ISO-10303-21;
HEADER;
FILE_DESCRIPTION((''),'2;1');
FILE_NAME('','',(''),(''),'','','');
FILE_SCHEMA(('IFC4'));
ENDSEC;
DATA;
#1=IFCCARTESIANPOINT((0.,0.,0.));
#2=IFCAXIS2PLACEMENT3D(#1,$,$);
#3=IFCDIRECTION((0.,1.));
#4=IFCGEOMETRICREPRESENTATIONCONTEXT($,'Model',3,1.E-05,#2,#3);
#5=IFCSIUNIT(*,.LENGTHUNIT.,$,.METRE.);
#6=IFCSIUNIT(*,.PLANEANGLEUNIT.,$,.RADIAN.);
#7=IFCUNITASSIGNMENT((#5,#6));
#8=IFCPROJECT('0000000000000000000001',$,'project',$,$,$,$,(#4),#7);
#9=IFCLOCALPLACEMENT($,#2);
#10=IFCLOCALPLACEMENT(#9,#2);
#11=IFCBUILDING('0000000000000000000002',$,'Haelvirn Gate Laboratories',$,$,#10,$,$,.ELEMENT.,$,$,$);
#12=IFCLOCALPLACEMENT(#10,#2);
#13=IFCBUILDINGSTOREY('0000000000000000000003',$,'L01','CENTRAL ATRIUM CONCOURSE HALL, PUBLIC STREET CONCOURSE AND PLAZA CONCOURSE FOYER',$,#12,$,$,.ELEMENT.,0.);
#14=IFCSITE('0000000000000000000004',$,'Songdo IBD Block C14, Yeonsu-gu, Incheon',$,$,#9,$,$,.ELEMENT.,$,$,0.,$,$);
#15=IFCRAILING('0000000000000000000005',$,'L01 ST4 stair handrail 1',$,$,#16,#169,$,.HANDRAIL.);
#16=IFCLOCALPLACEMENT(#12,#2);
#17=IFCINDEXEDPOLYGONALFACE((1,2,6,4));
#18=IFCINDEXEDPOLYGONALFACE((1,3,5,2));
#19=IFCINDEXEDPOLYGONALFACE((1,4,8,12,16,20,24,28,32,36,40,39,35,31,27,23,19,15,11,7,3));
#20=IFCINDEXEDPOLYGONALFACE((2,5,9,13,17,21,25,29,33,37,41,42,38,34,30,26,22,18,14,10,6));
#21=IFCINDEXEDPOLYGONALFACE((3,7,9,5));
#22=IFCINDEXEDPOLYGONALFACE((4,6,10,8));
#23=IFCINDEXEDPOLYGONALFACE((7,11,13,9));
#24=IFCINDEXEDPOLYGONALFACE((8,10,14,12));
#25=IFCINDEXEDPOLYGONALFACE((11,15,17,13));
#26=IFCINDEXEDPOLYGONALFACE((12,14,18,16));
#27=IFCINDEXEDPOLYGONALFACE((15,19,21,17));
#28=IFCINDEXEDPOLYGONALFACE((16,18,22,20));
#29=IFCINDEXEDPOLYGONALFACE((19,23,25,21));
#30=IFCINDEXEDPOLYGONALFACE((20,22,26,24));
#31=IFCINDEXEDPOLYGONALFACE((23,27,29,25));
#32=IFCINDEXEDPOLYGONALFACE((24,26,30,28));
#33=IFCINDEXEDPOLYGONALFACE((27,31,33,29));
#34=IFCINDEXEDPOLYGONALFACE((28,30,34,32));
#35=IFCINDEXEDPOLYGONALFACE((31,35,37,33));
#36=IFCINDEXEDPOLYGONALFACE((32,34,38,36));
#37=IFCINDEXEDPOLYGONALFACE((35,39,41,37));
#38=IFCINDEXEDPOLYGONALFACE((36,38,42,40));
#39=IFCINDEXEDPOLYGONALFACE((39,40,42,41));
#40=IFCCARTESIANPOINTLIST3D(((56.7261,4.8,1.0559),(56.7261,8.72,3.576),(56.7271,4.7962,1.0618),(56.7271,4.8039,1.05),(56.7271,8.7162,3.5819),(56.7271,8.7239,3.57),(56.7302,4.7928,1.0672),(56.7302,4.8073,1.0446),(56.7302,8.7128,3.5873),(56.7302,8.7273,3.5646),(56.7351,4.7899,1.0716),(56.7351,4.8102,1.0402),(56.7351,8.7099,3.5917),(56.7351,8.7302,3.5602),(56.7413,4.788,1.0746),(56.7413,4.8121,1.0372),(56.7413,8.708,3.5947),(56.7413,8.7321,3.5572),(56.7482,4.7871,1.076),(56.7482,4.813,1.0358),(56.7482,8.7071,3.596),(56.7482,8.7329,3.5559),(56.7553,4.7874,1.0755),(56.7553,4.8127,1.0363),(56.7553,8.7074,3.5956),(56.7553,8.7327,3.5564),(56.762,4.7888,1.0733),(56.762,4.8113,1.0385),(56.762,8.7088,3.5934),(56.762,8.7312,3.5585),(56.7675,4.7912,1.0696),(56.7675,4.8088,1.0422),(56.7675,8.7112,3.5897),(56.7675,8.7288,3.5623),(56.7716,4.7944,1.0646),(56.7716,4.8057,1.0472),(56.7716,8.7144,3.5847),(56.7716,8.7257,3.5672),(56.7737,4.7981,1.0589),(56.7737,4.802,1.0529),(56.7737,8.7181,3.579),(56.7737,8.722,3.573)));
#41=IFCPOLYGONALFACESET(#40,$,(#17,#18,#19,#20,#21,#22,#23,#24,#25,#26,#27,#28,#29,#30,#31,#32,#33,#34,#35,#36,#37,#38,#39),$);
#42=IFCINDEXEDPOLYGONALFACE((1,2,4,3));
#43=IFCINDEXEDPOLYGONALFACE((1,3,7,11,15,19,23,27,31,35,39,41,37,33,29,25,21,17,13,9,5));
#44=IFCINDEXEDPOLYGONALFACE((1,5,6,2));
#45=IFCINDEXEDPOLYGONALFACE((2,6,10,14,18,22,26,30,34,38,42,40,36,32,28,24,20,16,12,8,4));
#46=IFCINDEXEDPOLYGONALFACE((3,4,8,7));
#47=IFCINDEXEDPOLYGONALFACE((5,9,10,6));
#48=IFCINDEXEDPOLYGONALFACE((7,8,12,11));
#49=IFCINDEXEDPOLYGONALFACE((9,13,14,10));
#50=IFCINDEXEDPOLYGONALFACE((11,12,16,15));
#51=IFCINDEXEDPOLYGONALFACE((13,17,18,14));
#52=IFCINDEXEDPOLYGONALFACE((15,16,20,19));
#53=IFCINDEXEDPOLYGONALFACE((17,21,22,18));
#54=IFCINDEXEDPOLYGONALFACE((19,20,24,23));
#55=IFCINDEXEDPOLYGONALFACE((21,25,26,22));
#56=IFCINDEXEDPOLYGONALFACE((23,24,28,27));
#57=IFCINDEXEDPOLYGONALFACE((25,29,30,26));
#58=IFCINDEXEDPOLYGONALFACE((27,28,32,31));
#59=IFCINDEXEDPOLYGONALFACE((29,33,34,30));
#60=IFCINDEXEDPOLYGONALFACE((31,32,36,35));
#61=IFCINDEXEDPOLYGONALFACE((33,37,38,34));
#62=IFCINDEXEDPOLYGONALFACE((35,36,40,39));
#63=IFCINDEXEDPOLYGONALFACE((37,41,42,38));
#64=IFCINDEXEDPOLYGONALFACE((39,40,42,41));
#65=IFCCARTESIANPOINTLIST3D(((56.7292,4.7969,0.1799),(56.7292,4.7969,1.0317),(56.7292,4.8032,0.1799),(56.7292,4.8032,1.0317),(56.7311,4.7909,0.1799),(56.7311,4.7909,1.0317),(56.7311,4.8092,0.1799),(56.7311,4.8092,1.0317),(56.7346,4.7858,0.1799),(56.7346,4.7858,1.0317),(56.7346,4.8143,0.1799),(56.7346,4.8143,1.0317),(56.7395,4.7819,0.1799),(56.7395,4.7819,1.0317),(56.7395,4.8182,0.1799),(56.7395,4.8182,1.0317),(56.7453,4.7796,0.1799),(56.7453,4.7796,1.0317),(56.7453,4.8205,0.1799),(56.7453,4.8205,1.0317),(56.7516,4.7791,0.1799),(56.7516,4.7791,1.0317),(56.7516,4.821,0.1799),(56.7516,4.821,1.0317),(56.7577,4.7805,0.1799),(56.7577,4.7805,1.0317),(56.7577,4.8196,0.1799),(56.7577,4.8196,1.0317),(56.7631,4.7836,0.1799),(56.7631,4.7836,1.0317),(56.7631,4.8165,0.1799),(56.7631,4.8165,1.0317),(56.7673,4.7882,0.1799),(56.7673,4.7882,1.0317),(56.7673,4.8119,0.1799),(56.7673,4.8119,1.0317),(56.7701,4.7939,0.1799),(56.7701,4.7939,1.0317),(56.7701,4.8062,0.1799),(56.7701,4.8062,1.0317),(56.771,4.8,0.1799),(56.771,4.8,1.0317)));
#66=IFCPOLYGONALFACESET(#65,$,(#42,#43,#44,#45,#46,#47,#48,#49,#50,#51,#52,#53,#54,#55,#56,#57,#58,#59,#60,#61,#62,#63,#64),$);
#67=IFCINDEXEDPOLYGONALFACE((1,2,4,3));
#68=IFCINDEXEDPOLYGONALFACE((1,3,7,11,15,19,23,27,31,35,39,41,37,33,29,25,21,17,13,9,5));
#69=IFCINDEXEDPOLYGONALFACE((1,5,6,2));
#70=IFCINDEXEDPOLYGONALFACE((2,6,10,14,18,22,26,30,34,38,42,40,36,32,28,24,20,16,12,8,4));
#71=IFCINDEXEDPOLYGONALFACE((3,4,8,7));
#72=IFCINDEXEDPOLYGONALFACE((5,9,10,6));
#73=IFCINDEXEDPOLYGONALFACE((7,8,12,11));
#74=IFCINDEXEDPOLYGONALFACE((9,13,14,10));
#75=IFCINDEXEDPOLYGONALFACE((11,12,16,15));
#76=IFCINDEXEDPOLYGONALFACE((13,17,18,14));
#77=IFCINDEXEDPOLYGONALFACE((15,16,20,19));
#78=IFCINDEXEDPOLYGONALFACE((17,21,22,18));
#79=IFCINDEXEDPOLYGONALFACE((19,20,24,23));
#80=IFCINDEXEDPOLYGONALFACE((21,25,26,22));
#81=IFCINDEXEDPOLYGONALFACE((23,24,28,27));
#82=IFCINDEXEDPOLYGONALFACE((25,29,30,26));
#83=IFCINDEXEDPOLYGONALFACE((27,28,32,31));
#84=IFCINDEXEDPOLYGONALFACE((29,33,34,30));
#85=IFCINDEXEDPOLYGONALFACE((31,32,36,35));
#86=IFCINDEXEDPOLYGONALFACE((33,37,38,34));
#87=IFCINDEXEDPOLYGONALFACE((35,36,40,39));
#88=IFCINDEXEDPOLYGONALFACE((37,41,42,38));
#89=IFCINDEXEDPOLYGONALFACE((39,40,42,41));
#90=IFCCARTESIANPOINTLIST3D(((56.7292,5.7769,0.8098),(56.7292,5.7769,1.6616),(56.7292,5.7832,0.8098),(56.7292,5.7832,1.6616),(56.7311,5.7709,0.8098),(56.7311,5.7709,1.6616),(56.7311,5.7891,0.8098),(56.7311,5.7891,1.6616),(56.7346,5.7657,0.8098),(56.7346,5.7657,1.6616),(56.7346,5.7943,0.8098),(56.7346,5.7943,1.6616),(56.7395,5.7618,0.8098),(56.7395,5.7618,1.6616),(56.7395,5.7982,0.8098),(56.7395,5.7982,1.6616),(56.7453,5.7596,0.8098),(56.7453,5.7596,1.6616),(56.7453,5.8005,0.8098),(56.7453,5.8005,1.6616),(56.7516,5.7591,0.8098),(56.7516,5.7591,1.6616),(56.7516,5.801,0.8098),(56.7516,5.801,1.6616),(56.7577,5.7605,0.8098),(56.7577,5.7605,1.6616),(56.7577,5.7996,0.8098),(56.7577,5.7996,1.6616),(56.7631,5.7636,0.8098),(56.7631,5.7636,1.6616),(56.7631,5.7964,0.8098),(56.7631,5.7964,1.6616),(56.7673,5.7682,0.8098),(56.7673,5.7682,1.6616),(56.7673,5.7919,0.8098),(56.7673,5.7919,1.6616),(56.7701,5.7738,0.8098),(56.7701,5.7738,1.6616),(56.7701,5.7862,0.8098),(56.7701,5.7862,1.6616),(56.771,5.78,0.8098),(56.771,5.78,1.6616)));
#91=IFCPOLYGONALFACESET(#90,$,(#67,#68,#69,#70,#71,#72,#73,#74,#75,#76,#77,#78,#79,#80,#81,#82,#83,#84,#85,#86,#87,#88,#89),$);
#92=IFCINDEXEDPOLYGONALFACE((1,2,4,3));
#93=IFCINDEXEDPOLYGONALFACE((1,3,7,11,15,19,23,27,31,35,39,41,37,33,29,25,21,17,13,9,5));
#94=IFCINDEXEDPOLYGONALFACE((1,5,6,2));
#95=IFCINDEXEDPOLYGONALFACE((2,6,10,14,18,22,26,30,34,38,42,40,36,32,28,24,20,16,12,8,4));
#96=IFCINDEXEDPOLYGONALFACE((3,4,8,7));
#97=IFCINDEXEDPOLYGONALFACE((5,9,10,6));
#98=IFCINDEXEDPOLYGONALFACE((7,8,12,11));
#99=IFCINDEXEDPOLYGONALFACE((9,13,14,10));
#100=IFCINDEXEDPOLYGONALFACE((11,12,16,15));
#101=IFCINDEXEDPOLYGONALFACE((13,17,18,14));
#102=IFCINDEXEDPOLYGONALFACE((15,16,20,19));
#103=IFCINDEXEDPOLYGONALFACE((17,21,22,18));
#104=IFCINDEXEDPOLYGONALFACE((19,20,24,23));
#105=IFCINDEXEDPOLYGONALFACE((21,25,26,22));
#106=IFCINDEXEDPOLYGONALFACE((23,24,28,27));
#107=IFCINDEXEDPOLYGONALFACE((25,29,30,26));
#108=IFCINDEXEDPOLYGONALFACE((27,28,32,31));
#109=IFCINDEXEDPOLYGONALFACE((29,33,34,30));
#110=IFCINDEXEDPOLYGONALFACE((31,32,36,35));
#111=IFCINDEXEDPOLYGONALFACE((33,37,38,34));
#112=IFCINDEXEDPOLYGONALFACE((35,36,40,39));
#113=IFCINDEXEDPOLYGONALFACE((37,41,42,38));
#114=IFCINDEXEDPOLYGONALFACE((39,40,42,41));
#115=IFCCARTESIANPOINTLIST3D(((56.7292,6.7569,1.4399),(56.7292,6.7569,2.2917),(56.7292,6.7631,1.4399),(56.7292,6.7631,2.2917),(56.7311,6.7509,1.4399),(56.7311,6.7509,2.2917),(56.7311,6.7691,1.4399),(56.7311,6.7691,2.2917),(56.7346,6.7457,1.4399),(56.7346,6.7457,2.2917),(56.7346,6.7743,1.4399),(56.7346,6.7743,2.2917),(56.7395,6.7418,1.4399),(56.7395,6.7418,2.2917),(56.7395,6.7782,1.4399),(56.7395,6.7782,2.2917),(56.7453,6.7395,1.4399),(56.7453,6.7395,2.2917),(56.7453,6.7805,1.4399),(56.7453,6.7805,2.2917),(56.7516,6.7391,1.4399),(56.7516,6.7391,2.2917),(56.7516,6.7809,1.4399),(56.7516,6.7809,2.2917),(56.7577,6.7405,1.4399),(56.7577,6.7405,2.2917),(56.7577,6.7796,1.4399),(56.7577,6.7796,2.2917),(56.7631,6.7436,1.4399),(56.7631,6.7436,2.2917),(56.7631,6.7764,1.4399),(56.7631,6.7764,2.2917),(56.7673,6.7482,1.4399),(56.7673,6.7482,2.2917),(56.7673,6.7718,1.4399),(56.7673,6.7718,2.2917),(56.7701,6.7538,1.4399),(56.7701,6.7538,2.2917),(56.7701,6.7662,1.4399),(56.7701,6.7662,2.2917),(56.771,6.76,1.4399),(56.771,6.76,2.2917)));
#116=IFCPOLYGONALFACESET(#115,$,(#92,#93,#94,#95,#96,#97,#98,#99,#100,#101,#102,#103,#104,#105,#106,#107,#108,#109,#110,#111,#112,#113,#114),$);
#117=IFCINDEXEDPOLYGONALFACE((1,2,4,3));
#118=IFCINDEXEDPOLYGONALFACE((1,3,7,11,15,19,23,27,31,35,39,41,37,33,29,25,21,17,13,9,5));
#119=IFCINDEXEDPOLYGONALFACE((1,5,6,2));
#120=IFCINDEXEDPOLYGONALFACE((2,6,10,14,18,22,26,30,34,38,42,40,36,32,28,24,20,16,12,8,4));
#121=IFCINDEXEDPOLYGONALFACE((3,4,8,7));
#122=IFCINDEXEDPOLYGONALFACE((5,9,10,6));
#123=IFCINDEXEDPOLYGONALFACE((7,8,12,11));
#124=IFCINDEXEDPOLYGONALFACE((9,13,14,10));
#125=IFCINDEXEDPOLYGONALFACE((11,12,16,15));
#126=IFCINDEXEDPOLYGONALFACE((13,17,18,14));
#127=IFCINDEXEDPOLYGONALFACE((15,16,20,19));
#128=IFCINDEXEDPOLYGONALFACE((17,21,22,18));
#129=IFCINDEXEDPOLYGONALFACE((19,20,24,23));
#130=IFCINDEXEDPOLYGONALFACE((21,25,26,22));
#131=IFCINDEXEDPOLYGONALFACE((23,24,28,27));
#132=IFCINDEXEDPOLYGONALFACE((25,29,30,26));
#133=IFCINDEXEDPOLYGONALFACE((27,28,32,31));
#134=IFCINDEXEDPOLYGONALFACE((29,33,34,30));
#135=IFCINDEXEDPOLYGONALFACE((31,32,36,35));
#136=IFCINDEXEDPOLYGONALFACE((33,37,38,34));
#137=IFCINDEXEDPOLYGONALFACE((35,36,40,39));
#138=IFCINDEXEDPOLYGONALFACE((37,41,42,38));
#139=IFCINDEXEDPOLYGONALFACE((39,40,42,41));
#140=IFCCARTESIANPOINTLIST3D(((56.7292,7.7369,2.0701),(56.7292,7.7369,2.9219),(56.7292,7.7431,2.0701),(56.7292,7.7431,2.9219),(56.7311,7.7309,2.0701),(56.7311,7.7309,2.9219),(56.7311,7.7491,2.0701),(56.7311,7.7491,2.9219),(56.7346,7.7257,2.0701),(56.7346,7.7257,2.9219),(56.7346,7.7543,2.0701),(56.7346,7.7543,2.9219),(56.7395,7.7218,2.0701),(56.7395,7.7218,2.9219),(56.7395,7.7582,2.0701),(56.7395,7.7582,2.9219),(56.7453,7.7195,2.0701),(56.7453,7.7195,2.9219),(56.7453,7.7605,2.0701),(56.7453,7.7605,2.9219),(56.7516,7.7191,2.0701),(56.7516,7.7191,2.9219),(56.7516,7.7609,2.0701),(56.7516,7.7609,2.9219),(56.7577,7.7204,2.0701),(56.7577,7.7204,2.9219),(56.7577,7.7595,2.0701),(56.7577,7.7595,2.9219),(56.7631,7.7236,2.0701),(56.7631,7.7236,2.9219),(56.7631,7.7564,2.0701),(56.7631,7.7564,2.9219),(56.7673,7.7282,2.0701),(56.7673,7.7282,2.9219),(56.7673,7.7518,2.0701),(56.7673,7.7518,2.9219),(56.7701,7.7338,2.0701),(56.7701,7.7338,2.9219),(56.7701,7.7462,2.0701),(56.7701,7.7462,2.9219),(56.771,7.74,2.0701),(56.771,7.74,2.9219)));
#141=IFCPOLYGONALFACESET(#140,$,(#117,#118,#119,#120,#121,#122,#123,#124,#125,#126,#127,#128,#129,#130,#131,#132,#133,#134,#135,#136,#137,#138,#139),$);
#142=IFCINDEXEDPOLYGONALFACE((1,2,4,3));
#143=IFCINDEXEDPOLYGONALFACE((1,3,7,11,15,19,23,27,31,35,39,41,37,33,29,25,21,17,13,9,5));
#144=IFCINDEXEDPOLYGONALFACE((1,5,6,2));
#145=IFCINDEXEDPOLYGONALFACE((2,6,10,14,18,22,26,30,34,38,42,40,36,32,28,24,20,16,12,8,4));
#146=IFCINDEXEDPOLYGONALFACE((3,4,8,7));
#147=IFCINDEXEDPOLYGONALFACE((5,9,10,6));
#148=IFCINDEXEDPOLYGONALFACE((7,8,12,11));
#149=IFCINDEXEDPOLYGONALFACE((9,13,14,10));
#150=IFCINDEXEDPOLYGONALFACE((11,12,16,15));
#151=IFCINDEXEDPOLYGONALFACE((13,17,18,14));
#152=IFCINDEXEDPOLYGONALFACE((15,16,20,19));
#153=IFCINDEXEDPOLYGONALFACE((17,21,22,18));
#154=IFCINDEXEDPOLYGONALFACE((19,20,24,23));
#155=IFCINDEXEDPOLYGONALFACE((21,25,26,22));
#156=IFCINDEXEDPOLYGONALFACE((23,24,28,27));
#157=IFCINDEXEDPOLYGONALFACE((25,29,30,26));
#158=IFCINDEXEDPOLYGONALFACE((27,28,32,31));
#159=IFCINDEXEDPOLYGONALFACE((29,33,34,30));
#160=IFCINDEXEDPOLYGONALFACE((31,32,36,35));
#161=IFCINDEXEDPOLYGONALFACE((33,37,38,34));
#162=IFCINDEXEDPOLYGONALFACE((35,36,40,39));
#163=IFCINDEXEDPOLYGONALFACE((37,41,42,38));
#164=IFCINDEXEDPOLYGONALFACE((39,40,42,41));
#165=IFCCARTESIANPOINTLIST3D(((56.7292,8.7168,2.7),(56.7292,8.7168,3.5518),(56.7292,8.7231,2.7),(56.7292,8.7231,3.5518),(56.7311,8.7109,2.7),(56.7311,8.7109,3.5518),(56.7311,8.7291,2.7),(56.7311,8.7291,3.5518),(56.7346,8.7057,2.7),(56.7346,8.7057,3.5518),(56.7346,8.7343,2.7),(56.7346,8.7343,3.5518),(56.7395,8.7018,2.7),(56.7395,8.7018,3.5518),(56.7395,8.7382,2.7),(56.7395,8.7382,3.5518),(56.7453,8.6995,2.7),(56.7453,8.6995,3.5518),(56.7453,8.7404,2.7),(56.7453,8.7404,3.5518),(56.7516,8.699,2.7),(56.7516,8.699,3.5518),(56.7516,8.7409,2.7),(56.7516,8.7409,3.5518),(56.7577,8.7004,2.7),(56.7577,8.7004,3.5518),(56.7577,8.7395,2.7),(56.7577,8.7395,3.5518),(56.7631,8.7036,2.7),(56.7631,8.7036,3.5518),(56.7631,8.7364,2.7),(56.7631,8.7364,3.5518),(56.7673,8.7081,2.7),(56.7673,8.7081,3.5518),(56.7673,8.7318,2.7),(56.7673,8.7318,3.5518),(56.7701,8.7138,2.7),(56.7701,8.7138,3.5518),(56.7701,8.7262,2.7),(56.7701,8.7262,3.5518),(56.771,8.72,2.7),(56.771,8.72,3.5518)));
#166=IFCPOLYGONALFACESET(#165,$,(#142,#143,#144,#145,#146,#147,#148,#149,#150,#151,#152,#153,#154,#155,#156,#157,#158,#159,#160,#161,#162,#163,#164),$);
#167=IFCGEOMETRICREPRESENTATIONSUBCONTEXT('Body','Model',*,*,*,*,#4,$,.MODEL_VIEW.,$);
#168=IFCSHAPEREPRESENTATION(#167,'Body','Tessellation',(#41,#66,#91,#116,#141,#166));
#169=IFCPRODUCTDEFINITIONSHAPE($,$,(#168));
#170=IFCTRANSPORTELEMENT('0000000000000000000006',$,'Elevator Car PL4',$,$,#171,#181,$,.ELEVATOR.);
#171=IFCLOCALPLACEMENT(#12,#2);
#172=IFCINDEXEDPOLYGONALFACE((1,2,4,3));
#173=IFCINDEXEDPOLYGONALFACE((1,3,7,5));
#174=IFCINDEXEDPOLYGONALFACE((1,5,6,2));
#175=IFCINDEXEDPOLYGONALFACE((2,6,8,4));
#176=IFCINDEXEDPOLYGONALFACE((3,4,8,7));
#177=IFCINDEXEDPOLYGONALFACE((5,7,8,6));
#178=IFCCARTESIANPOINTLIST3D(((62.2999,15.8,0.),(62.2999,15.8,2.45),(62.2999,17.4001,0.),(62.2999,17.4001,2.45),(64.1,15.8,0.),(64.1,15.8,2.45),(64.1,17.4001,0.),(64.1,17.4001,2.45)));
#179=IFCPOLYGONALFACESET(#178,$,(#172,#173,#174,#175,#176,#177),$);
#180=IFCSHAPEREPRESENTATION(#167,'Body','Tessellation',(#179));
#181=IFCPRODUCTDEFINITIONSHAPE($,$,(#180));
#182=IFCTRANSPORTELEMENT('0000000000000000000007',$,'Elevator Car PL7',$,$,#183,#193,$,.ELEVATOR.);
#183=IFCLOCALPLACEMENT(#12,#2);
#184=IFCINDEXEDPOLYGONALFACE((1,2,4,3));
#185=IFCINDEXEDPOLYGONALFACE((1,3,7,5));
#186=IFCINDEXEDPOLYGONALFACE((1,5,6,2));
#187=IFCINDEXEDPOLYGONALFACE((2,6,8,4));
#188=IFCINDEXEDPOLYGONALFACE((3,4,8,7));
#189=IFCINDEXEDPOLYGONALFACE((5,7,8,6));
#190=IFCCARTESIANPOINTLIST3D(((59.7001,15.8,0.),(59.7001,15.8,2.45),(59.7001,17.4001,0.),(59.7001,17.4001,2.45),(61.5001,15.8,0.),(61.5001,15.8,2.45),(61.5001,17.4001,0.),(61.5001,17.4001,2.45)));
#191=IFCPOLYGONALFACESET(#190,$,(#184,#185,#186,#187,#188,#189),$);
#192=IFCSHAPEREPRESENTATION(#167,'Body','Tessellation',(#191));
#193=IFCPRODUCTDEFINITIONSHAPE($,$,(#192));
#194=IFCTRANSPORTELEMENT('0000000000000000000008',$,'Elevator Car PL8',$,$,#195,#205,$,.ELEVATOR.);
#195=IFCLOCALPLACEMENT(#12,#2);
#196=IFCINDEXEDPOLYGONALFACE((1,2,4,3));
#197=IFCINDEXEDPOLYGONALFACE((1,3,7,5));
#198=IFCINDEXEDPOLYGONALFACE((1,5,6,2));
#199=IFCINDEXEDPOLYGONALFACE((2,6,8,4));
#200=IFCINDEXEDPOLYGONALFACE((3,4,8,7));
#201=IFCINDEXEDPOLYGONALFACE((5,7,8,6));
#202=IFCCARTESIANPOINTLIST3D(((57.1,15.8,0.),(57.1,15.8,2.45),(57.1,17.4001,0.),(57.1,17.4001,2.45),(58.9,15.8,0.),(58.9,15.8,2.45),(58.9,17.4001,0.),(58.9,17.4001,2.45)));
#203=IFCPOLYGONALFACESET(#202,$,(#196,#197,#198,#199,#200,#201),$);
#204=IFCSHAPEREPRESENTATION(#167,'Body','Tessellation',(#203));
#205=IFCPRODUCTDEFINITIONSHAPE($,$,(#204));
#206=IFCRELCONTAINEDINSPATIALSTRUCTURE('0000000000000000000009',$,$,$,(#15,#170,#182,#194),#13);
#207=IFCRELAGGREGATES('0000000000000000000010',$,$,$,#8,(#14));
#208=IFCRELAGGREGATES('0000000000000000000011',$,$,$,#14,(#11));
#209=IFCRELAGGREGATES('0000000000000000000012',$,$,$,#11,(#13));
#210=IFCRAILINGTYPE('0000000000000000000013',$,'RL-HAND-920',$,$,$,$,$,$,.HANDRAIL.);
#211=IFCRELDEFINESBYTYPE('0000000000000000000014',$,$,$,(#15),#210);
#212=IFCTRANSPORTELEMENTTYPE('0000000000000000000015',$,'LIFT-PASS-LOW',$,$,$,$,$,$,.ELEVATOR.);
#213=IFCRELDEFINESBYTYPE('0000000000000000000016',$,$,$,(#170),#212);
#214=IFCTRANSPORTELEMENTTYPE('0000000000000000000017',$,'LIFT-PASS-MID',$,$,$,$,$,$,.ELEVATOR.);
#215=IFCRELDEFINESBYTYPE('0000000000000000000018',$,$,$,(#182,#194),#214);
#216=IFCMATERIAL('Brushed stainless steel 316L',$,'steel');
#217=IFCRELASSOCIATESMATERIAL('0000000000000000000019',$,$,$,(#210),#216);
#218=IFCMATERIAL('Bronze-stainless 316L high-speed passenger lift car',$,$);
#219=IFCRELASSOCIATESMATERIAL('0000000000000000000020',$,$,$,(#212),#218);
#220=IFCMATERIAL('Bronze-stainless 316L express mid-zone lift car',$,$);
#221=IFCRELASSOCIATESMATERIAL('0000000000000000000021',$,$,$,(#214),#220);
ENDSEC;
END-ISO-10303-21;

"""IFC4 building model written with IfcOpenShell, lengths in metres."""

from ifc_helpers import new_model, si_unit, direction, frame, origin, origin_2d, place, context, subcontext, project, spatial, rectangle, circle, extrude, source, transform, mapped, material, type_object, type_shapes, element, save


model = new_model("IFC4")

# Units and contexts
model_context = context("Model", 3, precision=1e-05, world=origin(), true_north=direction((0.0, 1.0)))
body_context = subcontext(model_context, "Body", "Model", "MODEL_VIEW")
ifc_project = project(units=[si_unit("LENGTHUNIT", "METRE"), si_unit("PLANEANGLEUNIT", "RADIAN")], contexts=[model_context])

# Site, building, storey
site_placement = place(None, origin())
site = spatial("IfcSite", under=ifc_project, at=site_placement, Name="Songdo IBD Block C14, Yeonsu-gu, Incheon", CompositionType="ELEMENT", RefElevation=0.0)
building_placement = place(site_placement, origin())
building = spatial("IfcBuilding", under=site, at=building_placement, Name="Haelvirn Gate Laboratories", CompositionType="ELEMENT")
storey_placement = place(building_placement, origin())
storey = spatial("IfcBuildingStorey", under=building, at=storey_placement, Name="L01", Description="CENTRAL ATRIUM CONCOURSE HALL, PUBLIC STREET CONCOURSE AND PLAZA CONCOURSE FOYER", CompositionType="ELEMENT", Elevation=0.0)

# Railing
ifc_material_1 = material(Name="Brushed stainless steel 316L", Category="steel")
railing_type_1 = type_object("IfcRailingType", Name="RL-HAND-920", PredefinedType="HANDRAIL", material=ifc_material_1)
shared_shape_1 = source(origin(), body_context, "Body", "SweptSolid", [
    extrude(circle(Radius=0.0239, at=origin_2d()), frame((0.0, 0.0, 0.876), z_axis=(0.0, 0.841172, 0.540768), x_axis=(-1.0, 0.0, 0.0)), (0.0, 0.0, 1.0), 4.6602),
    extrude(circle(Radius=0.021, at=origin_2d()), origin(), (0.0, 0.0, 1.0), 0.8518),
    extrude(circle(Radius=0.021, at=origin_2d()), frame((0.0, 0.98, 0.6299)), (0.0, 0.0, 1.0), 0.8518),
    extrude(circle(Radius=0.021, at=origin_2d()), frame((0.0, 1.96, 1.26)), (0.0, 0.0, 1.0), 0.8518),
    extrude(circle(Radius=0.021, at=origin_2d()), frame((0.0, 2.9399, 1.8901)), (0.0, 0.0, 1.0), 0.8518),
    extrude(circle(Radius=0.021, at=origin_2d()), frame((0.0, 3.9199, 2.52)), (0.0, 0.0, 1.0), 0.8518),
])
type_shapes(railing_type_1, [shared_shape_1])
railing_1_placement = place(storey_placement, frame((56.75, 4.8, 0.1799)))
element("IfcRailing", 1, at=railing_1_placement, inside=storey, type_object=railing_type_1, Name="L01 ST4 stair handrail 1", PredefinedType="HANDRAIL", context=body_context, shape_type="MappedRepresentation", body=[
    mapped(shared_shape_1, transform((0.0, 0.0, 0.0), scale=1.0)),
])

# Transport elements
ifc_material_2 = material(Name="Bronze-stainless 316L high-speed passenger lift car")
transport_element_type_1 = type_object("IfcTransportElementType", Name="LIFT-PASS-LOW", PredefinedType="ELEVATOR", material=ifc_material_2)
shared_shape_2 = source(origin(), body_context, "Body", "SweptSolid", [
    extrude(rectangle(XDim=1.8, YDim=1.6001, at=origin_2d()), origin(), (0.0, 0.0, 1.0), 2.45),
])
type_shapes(transport_element_type_1, [shared_shape_2])
transport_element_placement = place(storey_placement, frame((63.2, 16.6001, 0.0), z_axis=(0.0, 0.0, 1.0), x_axis=(1.0, 0.0, 0.0)))
element("IfcTransportElement", 2, at=transport_element_placement, inside=storey, type_object=transport_element_type_1, Name="Elevator Car PL4", PredefinedType="ELEVATOR", context=body_context, shape_type="MappedRepresentation", body=[
    mapped(shared_shape_2, transform((0.0, 0.0, 0.0), scale=1.0)),
])
ifc_material_3 = material(Name="Bronze-stainless 316L express mid-zone lift car")
transport_element_type_2 = type_object("IfcTransportElementType", Name="LIFT-PASS-MID", PredefinedType="ELEVATOR", material=ifc_material_3)
shared_shape_3 = source(origin(), body_context, "Body", "SweptSolid", [
    extrude(rectangle(XDim=1.8, YDim=1.6001, at=origin_2d()), origin(), (0.0, 0.0, 1.0), 2.45),
])
type_shapes(transport_element_type_2, [shared_shape_3])
for number, where, z_axis, x_axis, name in (
    (3, (60.6001, 16.6001, 0.0), (0.0, 0.0, 1.0), (1.0, 0.0, 0.0), "Elevator Car PL7"),
    (4, (58.0, 16.6001, 0.0), (0.0, 0.0, 1.0), (1.0, 0.0, 0.0), "Elevator Car PL8"),
):
    element("IfcTransportElement", number, at=place(storey_placement, frame(where, z_axis=z_axis, x_axis=x_axis)), inside=storey, type_object=transport_element_type_2, Name=name, PredefinedType="ELEVATOR", context=body_context, shape_type="MappedRepresentation", body=[
        mapped(shared_shape_3, transform((0.0, 0.0, 0.0), scale=1.0)),
    ])

save(model, "model.ifc")
